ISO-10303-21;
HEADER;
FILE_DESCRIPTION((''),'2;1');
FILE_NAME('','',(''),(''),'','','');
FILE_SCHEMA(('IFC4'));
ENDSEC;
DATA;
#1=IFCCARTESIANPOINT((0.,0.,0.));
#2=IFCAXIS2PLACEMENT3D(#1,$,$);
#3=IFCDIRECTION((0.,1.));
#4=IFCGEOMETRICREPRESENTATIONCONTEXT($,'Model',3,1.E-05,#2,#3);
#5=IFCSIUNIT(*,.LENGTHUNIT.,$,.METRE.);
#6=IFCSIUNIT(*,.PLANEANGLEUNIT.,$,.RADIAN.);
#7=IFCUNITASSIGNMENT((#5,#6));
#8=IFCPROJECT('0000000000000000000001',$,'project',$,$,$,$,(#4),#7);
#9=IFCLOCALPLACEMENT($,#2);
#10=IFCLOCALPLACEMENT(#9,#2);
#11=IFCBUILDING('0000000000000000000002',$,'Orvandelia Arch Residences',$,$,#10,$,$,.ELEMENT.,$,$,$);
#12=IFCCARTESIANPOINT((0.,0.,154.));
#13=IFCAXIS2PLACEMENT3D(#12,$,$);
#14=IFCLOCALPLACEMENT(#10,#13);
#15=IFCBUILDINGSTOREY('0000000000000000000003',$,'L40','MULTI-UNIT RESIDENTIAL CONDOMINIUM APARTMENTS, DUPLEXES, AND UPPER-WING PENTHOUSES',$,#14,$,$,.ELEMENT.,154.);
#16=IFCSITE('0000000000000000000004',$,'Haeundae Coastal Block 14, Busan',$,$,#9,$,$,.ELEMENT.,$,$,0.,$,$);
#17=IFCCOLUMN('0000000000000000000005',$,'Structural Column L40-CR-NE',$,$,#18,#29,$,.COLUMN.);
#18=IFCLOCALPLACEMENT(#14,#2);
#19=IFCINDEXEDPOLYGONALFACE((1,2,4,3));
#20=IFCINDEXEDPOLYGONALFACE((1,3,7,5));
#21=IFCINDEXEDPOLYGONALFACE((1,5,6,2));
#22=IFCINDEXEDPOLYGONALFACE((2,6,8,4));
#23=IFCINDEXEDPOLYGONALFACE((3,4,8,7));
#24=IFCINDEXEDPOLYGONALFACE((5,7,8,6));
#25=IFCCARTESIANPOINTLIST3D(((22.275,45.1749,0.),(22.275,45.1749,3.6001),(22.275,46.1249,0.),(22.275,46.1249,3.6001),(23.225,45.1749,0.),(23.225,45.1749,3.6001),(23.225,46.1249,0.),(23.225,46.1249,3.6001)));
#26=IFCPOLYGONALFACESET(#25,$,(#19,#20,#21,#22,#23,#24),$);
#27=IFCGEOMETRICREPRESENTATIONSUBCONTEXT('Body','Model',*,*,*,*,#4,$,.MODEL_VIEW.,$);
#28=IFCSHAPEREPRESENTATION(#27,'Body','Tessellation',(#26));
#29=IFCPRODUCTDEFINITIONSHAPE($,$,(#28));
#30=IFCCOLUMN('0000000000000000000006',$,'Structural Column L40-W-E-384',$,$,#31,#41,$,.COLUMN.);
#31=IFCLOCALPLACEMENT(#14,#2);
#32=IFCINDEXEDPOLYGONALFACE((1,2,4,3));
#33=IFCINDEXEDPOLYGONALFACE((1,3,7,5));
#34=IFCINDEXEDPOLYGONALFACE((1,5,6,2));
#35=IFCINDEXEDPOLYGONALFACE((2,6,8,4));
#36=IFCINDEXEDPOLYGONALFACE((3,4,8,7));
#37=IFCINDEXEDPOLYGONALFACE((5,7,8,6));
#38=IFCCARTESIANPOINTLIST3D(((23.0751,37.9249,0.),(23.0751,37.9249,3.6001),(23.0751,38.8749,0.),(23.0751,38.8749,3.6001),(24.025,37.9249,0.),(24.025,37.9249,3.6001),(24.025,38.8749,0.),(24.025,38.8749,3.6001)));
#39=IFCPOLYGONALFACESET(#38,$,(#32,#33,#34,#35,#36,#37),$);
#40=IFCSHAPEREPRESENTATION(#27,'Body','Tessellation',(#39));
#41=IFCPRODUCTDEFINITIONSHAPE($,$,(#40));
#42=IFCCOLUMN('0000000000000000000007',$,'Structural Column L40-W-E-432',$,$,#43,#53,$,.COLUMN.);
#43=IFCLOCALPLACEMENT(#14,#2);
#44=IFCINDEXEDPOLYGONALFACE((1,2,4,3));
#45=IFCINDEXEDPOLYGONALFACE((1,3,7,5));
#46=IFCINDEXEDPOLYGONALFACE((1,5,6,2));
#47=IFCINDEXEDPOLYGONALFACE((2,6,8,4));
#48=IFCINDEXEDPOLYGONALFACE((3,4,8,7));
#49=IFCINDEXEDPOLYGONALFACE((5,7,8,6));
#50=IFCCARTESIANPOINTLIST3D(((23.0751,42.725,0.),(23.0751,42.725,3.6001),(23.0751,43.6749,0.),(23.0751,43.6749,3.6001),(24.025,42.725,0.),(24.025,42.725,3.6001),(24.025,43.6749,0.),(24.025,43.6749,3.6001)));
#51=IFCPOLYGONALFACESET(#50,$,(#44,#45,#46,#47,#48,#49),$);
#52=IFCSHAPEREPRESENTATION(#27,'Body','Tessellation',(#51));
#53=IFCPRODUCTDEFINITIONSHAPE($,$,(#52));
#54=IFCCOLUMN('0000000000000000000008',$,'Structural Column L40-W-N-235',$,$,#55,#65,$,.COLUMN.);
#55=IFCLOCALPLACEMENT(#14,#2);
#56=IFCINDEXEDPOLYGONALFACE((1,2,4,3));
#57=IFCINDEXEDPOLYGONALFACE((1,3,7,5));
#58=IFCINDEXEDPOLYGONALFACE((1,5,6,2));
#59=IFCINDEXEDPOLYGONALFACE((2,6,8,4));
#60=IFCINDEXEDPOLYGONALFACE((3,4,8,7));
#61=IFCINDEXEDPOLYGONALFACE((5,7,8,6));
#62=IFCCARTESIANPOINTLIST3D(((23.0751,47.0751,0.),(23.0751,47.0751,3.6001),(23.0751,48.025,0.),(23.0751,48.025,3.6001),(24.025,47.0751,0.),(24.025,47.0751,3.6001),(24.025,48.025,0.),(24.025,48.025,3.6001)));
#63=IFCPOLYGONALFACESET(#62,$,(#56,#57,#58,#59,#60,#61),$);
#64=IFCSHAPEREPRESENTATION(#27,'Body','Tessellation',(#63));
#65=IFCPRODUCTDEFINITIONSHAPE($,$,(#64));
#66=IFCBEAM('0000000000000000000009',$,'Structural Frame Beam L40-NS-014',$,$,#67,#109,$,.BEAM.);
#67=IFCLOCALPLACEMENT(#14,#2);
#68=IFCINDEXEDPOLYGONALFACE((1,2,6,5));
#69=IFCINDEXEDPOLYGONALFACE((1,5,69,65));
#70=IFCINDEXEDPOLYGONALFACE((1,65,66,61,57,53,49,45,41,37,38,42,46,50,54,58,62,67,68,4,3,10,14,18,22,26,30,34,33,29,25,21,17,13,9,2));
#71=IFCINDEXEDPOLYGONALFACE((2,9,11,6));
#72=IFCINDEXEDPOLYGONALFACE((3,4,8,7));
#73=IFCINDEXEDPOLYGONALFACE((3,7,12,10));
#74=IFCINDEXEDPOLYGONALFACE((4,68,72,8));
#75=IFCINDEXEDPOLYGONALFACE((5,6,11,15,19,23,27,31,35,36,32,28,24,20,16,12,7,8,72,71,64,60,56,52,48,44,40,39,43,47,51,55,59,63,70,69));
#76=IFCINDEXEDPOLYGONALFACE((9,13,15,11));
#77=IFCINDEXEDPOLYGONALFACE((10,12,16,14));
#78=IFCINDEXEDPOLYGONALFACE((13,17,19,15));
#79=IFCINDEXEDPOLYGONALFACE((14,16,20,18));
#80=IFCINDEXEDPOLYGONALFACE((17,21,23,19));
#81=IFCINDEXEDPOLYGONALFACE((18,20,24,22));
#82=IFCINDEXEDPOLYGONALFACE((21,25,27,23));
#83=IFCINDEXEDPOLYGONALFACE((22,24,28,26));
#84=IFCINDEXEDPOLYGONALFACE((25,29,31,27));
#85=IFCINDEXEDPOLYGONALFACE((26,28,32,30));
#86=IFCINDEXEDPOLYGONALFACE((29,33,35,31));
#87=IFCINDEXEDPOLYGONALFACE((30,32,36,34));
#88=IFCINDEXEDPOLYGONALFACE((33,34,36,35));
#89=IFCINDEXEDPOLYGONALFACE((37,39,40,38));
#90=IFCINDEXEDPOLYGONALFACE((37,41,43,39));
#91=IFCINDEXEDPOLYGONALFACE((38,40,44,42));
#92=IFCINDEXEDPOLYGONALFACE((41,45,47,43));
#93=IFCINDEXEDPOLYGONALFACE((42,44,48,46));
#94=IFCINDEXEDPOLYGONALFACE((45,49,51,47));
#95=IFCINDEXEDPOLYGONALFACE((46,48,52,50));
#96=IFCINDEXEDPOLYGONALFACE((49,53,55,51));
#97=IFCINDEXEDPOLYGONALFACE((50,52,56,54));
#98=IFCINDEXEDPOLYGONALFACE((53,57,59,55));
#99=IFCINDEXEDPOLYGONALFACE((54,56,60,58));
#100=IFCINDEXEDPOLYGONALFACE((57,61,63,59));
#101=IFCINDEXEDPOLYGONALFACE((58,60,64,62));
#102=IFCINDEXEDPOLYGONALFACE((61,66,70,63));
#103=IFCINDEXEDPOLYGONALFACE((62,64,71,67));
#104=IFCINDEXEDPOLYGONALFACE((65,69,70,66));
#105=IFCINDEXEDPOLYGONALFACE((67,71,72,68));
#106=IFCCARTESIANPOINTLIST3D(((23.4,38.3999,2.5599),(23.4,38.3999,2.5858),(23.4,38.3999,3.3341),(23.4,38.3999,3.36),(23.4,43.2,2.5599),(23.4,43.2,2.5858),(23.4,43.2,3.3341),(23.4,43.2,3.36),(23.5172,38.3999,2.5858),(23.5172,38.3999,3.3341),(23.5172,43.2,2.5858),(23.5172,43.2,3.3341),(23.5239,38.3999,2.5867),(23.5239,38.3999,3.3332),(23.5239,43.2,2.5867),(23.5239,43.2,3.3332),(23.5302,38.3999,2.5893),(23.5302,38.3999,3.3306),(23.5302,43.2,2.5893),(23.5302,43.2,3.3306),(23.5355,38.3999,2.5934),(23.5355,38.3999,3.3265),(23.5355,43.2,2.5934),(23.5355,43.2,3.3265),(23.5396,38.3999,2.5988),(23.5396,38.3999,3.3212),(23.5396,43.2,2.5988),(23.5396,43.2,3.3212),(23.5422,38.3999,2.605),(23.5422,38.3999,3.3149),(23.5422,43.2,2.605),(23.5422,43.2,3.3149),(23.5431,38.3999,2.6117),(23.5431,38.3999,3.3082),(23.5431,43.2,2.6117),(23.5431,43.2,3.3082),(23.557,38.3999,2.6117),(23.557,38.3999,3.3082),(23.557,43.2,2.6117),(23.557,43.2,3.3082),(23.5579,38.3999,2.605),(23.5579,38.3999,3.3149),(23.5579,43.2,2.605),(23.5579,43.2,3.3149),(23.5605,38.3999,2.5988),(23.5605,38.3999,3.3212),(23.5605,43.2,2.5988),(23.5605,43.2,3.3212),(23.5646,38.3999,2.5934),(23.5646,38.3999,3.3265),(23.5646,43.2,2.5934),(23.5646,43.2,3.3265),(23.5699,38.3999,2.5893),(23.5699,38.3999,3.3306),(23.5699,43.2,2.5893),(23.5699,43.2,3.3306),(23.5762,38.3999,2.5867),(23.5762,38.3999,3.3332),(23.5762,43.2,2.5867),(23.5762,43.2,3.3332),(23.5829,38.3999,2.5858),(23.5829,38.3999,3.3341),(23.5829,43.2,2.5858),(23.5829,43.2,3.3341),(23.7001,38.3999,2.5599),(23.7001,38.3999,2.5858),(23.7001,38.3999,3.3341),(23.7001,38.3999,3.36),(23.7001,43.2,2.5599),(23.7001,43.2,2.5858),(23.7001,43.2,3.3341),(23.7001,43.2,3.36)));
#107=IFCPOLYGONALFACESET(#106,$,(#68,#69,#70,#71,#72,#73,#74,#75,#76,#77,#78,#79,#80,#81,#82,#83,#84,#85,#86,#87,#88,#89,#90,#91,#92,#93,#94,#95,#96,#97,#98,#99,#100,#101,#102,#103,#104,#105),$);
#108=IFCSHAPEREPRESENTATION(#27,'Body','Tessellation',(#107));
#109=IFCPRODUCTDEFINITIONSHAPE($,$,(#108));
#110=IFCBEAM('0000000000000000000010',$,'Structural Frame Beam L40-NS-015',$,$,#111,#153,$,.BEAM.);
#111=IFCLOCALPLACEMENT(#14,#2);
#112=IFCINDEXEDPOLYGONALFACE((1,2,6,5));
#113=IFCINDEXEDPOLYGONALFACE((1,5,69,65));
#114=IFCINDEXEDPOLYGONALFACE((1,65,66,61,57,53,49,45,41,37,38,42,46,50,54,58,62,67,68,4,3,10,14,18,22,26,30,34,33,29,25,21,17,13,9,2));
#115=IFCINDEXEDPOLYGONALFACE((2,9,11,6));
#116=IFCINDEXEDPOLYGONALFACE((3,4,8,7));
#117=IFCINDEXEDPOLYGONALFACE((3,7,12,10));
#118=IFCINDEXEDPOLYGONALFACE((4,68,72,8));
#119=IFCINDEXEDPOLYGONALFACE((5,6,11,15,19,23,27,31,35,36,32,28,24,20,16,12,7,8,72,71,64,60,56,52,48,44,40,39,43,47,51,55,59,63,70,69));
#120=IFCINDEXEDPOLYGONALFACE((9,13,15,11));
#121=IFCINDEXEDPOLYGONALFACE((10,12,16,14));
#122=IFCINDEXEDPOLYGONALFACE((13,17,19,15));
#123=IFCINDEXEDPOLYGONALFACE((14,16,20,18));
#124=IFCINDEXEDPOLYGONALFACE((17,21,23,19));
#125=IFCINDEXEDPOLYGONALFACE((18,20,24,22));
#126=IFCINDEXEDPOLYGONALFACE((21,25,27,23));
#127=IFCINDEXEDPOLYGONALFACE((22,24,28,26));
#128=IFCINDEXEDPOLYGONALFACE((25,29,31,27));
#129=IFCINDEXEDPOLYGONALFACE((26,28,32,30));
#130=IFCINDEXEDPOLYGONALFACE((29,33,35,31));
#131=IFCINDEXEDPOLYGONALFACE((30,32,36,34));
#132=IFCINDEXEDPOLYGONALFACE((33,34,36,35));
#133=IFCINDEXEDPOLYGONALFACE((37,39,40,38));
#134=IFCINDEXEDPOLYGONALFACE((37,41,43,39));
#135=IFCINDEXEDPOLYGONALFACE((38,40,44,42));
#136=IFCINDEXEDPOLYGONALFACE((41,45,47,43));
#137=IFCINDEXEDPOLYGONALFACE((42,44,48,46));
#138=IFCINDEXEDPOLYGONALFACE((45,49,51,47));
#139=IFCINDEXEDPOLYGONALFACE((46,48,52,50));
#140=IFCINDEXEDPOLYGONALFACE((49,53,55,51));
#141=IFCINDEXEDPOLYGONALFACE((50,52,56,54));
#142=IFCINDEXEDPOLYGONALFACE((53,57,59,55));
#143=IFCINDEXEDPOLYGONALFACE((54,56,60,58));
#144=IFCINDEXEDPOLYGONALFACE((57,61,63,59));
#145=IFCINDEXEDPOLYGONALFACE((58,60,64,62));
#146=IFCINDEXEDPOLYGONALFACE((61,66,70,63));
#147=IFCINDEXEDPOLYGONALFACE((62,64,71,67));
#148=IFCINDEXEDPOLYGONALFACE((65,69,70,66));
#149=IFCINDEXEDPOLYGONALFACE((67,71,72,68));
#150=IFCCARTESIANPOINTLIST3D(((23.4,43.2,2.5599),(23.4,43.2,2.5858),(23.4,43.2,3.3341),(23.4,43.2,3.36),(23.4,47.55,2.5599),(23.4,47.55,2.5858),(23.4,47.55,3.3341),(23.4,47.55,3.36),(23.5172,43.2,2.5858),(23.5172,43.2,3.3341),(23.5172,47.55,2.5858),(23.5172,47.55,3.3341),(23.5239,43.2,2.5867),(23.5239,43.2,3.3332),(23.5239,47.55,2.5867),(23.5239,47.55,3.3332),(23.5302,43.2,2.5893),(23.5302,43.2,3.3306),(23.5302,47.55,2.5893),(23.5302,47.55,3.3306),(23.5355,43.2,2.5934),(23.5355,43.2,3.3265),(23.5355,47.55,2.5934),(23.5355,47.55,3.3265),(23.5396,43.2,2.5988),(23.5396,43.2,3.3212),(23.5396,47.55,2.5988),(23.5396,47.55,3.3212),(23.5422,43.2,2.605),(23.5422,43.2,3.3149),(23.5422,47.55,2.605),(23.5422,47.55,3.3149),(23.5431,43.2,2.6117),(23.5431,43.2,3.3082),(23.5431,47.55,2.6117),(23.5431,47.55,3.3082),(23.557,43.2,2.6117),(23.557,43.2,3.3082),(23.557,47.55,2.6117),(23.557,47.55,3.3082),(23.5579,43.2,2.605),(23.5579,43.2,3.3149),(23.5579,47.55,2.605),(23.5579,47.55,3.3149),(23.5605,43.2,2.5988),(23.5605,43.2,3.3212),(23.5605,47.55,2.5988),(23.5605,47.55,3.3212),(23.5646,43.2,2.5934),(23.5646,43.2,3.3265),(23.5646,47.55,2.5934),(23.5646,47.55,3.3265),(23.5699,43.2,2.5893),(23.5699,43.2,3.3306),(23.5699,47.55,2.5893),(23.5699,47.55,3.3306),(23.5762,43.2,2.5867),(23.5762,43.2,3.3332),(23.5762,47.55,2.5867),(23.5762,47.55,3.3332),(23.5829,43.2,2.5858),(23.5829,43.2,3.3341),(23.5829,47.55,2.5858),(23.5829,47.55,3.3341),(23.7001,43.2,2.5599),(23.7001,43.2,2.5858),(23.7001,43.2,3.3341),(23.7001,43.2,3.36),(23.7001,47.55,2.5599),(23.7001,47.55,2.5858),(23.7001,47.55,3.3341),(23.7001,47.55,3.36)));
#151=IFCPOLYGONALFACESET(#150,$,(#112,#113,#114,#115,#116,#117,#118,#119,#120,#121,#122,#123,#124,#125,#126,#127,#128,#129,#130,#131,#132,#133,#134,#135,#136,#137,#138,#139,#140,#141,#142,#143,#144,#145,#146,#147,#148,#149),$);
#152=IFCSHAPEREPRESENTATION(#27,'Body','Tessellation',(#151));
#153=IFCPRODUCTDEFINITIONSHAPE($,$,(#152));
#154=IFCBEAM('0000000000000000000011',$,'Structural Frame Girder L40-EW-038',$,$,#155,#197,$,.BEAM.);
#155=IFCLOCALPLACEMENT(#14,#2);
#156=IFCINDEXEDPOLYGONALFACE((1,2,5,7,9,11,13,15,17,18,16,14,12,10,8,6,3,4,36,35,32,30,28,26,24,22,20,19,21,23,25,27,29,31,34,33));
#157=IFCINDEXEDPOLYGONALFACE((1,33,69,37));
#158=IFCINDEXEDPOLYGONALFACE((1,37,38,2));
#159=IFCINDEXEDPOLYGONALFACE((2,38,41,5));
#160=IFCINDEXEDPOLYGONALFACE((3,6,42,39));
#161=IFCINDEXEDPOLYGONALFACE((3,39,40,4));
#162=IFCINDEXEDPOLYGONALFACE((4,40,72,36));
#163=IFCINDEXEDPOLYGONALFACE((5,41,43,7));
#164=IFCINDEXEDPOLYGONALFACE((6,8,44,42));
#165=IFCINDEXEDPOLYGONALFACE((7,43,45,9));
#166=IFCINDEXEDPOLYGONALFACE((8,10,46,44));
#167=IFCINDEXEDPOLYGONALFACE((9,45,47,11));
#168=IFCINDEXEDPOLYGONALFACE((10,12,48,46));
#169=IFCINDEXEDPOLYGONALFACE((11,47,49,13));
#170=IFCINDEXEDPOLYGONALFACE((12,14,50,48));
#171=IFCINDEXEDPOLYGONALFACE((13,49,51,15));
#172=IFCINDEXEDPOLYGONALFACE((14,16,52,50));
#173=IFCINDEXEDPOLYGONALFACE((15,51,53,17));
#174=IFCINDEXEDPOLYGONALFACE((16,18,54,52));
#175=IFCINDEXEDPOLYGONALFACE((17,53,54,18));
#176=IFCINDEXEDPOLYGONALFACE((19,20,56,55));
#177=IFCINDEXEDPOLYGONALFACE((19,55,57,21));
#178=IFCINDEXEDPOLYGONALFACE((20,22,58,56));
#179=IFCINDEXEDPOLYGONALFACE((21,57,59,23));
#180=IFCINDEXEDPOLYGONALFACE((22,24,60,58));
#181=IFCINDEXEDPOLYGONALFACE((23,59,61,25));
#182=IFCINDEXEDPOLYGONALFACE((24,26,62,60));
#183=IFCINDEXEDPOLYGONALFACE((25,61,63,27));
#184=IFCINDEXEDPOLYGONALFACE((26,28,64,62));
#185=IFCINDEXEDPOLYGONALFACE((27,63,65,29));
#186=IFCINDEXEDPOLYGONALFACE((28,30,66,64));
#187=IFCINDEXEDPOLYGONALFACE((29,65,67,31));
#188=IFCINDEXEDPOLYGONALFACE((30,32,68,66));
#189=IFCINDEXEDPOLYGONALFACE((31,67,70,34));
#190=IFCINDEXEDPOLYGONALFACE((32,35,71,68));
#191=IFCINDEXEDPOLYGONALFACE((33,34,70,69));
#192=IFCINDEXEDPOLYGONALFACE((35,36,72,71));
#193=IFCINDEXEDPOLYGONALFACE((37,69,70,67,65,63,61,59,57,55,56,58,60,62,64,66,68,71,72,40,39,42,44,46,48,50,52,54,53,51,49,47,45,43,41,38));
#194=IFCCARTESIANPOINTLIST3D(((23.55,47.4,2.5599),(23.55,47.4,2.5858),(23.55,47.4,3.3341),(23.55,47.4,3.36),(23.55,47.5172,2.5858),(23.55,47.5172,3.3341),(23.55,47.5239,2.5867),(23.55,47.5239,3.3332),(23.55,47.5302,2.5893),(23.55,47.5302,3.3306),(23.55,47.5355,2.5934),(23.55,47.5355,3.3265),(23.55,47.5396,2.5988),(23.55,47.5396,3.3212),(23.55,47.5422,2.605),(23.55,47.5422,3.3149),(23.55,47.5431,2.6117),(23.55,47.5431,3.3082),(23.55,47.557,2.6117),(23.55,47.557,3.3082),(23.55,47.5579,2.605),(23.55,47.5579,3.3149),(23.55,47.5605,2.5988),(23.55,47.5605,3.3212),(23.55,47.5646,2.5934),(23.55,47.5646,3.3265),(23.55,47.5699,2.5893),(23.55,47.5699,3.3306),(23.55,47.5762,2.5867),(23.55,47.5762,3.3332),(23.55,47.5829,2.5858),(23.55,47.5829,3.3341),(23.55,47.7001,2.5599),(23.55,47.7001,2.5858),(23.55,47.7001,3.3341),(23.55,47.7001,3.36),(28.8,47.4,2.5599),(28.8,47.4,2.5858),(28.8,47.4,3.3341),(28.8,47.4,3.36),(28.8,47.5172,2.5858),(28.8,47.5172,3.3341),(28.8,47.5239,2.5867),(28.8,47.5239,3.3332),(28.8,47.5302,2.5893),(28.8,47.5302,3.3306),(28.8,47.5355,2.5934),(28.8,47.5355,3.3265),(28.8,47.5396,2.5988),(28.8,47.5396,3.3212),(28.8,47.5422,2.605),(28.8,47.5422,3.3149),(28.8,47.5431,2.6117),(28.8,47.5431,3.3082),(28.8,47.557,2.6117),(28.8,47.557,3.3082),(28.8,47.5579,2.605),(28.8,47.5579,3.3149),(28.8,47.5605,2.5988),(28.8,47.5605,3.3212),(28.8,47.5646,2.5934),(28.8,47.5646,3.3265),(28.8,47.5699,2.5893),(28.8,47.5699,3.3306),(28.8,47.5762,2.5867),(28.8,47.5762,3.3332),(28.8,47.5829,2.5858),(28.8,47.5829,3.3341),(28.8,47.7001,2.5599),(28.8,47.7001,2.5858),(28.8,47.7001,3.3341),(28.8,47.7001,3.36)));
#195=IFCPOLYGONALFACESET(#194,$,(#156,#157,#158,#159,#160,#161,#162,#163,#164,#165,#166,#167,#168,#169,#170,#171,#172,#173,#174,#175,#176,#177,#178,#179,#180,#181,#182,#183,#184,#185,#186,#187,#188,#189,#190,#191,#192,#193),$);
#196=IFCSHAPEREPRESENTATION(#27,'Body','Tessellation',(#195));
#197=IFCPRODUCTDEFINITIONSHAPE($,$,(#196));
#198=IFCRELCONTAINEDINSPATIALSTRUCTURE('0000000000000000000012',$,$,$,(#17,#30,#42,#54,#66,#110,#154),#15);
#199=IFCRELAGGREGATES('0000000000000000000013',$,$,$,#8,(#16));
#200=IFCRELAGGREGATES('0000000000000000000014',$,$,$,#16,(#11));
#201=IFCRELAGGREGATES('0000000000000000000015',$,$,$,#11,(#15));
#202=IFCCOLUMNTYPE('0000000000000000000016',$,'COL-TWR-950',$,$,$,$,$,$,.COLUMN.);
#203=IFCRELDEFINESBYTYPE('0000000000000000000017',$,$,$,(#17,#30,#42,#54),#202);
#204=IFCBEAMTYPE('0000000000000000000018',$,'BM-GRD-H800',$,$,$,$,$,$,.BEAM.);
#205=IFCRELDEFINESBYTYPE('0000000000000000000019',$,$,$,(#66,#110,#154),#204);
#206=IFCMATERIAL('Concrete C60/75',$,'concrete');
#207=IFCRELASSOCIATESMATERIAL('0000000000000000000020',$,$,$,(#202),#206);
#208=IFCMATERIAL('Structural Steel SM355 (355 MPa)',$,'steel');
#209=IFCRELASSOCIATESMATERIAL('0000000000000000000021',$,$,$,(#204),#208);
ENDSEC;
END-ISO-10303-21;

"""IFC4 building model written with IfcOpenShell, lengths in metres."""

from ifc_helpers import new_model, si_unit, direction, frame, origin, origin_2d, place, context, subcontext, project, spatial, rectangle, i_section, extrude, material, material_profile, profile_set, type_object, element, save


model = new_model("IFC4")

# Units and contexts
model_context = context("Model", 3, precision=1e-05, world=origin(), true_north=direction((0.0, 1.0)))
body_context = subcontext(model_context, "Body", "Model", "MODEL_VIEW")
ifc_project = project(units=[si_unit("LENGTHUNIT", "METRE"), si_unit("PLANEANGLEUNIT", "RADIAN")], contexts=[model_context])

# Site, building, storey
site_placement = place(None, origin())
site = spatial("IfcSite", under=ifc_project, at=site_placement, Name="Haeundae Coastal Block 14, Busan", CompositionType="ELEMENT", RefElevation=0.0)
building_placement = place(site_placement, origin())
building = spatial("IfcBuilding", under=site, at=building_placement, Name="Orvandelia Arch Residences", CompositionType="ELEMENT")
storey_placement = place(building_placement, frame((0.0, 0.0, 154.0)))
storey = spatial("IfcBuildingStorey", under=building, at=storey_placement, Name="L40", Description="MULTI-UNIT RESIDENTIAL CONDOMINIUM APARTMENTS, DUPLEXES, AND UPPER-WING PENTHOUSES", CompositionType="ELEMENT", Elevation=154.0)

# Columns
ifc_material_1 = material(Name="Concrete C60/75", Category="concrete")
ifc_material_profile_1 = material_profile(ifc_material_1, rectangle(XDim=0.95, YDim=0.95, at=origin_2d()), Name="Concrete C60/75", Category="concrete")
ifc_profile_set_1 = profile_set([ifc_material_profile_1], Name="Concrete C60/75")
column_type = type_object("IfcColumnType", Name="COL-TWR-950", PredefinedType="COLUMN", material=ifc_profile_set_1)
for number, where, z_axis, x_axis, name in (
    (1, (22.75, 45.6499, 0.0), (0.0, 0.0, 1.0), (1.0, 0.0, 0.0), "Structural Column L40-CR-NE"),
    (2, (23.55, 38.3999, 0.0), (0.0, 0.0, 1.0), (1.0, 0.0, 0.0), "Structural Column L40-W-E-384"),
    (3, (23.55, 43.2, 0.0), (0.0, 0.0, 1.0), (1.0, 0.0, 0.0), "Structural Column L40-W-E-432"),
    (4, (23.55, 47.55, 0.0), (0.0, 0.0, 1.0), (1.0, 0.0, 0.0), "Structural Column L40-W-N-235"),
):
    element("IfcColumn", number, at=place(storey_placement, frame(where, z_axis=z_axis, x_axis=x_axis)), inside=storey, type_object=column_type, Name=name, PredefinedType="COLUMN", context=body_context, shape_type="SweptSolid", body=[
        extrude(rectangle(XDim=0.95, YDim=0.95, at=origin_2d()), origin(), (0.0, 0.0, 1.0), 3.6001),
    ])

# Beams
ifc_material_2 = material(Name="Structural Steel SM355 (355 MPa)", Category="steel")
ifc_material_profile_2 = material_profile(ifc_material_2, i_section(OverallWidth=0.3, OverallDepth=0.8, WebThickness=0.0139, FlangeThickness=0.0259, FilletRadius=0.0259, at=origin_2d()), Name="Structural Steel SM355 (355 MPa)", Category="steel")
ifc_profile_set_2 = profile_set([ifc_material_profile_2], Name="Structural Steel SM355 (355 MPa)")
beam_type = type_object("IfcBeamType", Name="BM-GRD-H800", PredefinedType="BEAM", material=ifc_profile_set_2)
beam_1_placement = place(storey_placement, frame((23.55, 38.3999, 2.96), z_axis=(0.0, 1.0, 0.0), x_axis=(-1.0, 0.0, 0.0)))
element("IfcBeam", 5, at=beam_1_placement, inside=storey, type_object=beam_type, Name="Structural Frame Beam L40-NS-014", PredefinedType="BEAM", context=body_context, shape_type="SweptSolid", body=[
    extrude(i_section(OverallWidth=0.3, OverallDepth=0.8, WebThickness=0.0139, FlangeThickness=0.0259, FilletRadius=0.0259, at=origin_2d()), origin(), (0.0, 0.0, 1.0), 4.8),
])
beam_2_placement = place(storey_placement, frame((23.55, 43.2, 2.96), z_axis=(0.0, 1.0, 0.0), x_axis=(-1.0, 0.0, 0.0)))
element("IfcBeam", 6, at=beam_2_placement, inside=storey, type_object=beam_type, Name="Structural Frame Beam L40-NS-015", PredefinedType="BEAM", context=body_context, shape_type="SweptSolid", body=[
    extrude(i_section(OverallWidth=0.3, OverallDepth=0.8, WebThickness=0.0139, FlangeThickness=0.0259, FilletRadius=0.0259, at=origin_2d()), origin(), (0.0, 0.0, 1.0), 4.3501),
])
beam_3_placement = place(storey_placement, frame((23.55, 47.55, 2.96), z_axis=(1.0, 0.0, 0.0), x_axis=(0.0, 1.0, 0.0)))
element("IfcBeam", 7, at=beam_3_placement, inside=storey, type_object=beam_type, Name="Structural Frame Girder L40-EW-038", PredefinedType="BEAM", context=body_context, shape_type="SweptSolid", body=[
    extrude(i_section(OverallWidth=0.3, OverallDepth=0.8, WebThickness=0.0139, FlangeThickness=0.0259, FilletRadius=0.0259, at=origin_2d()), origin(), (0.0, 0.0, 1.0), 5.25),
])

save(model, "model.ifc")
